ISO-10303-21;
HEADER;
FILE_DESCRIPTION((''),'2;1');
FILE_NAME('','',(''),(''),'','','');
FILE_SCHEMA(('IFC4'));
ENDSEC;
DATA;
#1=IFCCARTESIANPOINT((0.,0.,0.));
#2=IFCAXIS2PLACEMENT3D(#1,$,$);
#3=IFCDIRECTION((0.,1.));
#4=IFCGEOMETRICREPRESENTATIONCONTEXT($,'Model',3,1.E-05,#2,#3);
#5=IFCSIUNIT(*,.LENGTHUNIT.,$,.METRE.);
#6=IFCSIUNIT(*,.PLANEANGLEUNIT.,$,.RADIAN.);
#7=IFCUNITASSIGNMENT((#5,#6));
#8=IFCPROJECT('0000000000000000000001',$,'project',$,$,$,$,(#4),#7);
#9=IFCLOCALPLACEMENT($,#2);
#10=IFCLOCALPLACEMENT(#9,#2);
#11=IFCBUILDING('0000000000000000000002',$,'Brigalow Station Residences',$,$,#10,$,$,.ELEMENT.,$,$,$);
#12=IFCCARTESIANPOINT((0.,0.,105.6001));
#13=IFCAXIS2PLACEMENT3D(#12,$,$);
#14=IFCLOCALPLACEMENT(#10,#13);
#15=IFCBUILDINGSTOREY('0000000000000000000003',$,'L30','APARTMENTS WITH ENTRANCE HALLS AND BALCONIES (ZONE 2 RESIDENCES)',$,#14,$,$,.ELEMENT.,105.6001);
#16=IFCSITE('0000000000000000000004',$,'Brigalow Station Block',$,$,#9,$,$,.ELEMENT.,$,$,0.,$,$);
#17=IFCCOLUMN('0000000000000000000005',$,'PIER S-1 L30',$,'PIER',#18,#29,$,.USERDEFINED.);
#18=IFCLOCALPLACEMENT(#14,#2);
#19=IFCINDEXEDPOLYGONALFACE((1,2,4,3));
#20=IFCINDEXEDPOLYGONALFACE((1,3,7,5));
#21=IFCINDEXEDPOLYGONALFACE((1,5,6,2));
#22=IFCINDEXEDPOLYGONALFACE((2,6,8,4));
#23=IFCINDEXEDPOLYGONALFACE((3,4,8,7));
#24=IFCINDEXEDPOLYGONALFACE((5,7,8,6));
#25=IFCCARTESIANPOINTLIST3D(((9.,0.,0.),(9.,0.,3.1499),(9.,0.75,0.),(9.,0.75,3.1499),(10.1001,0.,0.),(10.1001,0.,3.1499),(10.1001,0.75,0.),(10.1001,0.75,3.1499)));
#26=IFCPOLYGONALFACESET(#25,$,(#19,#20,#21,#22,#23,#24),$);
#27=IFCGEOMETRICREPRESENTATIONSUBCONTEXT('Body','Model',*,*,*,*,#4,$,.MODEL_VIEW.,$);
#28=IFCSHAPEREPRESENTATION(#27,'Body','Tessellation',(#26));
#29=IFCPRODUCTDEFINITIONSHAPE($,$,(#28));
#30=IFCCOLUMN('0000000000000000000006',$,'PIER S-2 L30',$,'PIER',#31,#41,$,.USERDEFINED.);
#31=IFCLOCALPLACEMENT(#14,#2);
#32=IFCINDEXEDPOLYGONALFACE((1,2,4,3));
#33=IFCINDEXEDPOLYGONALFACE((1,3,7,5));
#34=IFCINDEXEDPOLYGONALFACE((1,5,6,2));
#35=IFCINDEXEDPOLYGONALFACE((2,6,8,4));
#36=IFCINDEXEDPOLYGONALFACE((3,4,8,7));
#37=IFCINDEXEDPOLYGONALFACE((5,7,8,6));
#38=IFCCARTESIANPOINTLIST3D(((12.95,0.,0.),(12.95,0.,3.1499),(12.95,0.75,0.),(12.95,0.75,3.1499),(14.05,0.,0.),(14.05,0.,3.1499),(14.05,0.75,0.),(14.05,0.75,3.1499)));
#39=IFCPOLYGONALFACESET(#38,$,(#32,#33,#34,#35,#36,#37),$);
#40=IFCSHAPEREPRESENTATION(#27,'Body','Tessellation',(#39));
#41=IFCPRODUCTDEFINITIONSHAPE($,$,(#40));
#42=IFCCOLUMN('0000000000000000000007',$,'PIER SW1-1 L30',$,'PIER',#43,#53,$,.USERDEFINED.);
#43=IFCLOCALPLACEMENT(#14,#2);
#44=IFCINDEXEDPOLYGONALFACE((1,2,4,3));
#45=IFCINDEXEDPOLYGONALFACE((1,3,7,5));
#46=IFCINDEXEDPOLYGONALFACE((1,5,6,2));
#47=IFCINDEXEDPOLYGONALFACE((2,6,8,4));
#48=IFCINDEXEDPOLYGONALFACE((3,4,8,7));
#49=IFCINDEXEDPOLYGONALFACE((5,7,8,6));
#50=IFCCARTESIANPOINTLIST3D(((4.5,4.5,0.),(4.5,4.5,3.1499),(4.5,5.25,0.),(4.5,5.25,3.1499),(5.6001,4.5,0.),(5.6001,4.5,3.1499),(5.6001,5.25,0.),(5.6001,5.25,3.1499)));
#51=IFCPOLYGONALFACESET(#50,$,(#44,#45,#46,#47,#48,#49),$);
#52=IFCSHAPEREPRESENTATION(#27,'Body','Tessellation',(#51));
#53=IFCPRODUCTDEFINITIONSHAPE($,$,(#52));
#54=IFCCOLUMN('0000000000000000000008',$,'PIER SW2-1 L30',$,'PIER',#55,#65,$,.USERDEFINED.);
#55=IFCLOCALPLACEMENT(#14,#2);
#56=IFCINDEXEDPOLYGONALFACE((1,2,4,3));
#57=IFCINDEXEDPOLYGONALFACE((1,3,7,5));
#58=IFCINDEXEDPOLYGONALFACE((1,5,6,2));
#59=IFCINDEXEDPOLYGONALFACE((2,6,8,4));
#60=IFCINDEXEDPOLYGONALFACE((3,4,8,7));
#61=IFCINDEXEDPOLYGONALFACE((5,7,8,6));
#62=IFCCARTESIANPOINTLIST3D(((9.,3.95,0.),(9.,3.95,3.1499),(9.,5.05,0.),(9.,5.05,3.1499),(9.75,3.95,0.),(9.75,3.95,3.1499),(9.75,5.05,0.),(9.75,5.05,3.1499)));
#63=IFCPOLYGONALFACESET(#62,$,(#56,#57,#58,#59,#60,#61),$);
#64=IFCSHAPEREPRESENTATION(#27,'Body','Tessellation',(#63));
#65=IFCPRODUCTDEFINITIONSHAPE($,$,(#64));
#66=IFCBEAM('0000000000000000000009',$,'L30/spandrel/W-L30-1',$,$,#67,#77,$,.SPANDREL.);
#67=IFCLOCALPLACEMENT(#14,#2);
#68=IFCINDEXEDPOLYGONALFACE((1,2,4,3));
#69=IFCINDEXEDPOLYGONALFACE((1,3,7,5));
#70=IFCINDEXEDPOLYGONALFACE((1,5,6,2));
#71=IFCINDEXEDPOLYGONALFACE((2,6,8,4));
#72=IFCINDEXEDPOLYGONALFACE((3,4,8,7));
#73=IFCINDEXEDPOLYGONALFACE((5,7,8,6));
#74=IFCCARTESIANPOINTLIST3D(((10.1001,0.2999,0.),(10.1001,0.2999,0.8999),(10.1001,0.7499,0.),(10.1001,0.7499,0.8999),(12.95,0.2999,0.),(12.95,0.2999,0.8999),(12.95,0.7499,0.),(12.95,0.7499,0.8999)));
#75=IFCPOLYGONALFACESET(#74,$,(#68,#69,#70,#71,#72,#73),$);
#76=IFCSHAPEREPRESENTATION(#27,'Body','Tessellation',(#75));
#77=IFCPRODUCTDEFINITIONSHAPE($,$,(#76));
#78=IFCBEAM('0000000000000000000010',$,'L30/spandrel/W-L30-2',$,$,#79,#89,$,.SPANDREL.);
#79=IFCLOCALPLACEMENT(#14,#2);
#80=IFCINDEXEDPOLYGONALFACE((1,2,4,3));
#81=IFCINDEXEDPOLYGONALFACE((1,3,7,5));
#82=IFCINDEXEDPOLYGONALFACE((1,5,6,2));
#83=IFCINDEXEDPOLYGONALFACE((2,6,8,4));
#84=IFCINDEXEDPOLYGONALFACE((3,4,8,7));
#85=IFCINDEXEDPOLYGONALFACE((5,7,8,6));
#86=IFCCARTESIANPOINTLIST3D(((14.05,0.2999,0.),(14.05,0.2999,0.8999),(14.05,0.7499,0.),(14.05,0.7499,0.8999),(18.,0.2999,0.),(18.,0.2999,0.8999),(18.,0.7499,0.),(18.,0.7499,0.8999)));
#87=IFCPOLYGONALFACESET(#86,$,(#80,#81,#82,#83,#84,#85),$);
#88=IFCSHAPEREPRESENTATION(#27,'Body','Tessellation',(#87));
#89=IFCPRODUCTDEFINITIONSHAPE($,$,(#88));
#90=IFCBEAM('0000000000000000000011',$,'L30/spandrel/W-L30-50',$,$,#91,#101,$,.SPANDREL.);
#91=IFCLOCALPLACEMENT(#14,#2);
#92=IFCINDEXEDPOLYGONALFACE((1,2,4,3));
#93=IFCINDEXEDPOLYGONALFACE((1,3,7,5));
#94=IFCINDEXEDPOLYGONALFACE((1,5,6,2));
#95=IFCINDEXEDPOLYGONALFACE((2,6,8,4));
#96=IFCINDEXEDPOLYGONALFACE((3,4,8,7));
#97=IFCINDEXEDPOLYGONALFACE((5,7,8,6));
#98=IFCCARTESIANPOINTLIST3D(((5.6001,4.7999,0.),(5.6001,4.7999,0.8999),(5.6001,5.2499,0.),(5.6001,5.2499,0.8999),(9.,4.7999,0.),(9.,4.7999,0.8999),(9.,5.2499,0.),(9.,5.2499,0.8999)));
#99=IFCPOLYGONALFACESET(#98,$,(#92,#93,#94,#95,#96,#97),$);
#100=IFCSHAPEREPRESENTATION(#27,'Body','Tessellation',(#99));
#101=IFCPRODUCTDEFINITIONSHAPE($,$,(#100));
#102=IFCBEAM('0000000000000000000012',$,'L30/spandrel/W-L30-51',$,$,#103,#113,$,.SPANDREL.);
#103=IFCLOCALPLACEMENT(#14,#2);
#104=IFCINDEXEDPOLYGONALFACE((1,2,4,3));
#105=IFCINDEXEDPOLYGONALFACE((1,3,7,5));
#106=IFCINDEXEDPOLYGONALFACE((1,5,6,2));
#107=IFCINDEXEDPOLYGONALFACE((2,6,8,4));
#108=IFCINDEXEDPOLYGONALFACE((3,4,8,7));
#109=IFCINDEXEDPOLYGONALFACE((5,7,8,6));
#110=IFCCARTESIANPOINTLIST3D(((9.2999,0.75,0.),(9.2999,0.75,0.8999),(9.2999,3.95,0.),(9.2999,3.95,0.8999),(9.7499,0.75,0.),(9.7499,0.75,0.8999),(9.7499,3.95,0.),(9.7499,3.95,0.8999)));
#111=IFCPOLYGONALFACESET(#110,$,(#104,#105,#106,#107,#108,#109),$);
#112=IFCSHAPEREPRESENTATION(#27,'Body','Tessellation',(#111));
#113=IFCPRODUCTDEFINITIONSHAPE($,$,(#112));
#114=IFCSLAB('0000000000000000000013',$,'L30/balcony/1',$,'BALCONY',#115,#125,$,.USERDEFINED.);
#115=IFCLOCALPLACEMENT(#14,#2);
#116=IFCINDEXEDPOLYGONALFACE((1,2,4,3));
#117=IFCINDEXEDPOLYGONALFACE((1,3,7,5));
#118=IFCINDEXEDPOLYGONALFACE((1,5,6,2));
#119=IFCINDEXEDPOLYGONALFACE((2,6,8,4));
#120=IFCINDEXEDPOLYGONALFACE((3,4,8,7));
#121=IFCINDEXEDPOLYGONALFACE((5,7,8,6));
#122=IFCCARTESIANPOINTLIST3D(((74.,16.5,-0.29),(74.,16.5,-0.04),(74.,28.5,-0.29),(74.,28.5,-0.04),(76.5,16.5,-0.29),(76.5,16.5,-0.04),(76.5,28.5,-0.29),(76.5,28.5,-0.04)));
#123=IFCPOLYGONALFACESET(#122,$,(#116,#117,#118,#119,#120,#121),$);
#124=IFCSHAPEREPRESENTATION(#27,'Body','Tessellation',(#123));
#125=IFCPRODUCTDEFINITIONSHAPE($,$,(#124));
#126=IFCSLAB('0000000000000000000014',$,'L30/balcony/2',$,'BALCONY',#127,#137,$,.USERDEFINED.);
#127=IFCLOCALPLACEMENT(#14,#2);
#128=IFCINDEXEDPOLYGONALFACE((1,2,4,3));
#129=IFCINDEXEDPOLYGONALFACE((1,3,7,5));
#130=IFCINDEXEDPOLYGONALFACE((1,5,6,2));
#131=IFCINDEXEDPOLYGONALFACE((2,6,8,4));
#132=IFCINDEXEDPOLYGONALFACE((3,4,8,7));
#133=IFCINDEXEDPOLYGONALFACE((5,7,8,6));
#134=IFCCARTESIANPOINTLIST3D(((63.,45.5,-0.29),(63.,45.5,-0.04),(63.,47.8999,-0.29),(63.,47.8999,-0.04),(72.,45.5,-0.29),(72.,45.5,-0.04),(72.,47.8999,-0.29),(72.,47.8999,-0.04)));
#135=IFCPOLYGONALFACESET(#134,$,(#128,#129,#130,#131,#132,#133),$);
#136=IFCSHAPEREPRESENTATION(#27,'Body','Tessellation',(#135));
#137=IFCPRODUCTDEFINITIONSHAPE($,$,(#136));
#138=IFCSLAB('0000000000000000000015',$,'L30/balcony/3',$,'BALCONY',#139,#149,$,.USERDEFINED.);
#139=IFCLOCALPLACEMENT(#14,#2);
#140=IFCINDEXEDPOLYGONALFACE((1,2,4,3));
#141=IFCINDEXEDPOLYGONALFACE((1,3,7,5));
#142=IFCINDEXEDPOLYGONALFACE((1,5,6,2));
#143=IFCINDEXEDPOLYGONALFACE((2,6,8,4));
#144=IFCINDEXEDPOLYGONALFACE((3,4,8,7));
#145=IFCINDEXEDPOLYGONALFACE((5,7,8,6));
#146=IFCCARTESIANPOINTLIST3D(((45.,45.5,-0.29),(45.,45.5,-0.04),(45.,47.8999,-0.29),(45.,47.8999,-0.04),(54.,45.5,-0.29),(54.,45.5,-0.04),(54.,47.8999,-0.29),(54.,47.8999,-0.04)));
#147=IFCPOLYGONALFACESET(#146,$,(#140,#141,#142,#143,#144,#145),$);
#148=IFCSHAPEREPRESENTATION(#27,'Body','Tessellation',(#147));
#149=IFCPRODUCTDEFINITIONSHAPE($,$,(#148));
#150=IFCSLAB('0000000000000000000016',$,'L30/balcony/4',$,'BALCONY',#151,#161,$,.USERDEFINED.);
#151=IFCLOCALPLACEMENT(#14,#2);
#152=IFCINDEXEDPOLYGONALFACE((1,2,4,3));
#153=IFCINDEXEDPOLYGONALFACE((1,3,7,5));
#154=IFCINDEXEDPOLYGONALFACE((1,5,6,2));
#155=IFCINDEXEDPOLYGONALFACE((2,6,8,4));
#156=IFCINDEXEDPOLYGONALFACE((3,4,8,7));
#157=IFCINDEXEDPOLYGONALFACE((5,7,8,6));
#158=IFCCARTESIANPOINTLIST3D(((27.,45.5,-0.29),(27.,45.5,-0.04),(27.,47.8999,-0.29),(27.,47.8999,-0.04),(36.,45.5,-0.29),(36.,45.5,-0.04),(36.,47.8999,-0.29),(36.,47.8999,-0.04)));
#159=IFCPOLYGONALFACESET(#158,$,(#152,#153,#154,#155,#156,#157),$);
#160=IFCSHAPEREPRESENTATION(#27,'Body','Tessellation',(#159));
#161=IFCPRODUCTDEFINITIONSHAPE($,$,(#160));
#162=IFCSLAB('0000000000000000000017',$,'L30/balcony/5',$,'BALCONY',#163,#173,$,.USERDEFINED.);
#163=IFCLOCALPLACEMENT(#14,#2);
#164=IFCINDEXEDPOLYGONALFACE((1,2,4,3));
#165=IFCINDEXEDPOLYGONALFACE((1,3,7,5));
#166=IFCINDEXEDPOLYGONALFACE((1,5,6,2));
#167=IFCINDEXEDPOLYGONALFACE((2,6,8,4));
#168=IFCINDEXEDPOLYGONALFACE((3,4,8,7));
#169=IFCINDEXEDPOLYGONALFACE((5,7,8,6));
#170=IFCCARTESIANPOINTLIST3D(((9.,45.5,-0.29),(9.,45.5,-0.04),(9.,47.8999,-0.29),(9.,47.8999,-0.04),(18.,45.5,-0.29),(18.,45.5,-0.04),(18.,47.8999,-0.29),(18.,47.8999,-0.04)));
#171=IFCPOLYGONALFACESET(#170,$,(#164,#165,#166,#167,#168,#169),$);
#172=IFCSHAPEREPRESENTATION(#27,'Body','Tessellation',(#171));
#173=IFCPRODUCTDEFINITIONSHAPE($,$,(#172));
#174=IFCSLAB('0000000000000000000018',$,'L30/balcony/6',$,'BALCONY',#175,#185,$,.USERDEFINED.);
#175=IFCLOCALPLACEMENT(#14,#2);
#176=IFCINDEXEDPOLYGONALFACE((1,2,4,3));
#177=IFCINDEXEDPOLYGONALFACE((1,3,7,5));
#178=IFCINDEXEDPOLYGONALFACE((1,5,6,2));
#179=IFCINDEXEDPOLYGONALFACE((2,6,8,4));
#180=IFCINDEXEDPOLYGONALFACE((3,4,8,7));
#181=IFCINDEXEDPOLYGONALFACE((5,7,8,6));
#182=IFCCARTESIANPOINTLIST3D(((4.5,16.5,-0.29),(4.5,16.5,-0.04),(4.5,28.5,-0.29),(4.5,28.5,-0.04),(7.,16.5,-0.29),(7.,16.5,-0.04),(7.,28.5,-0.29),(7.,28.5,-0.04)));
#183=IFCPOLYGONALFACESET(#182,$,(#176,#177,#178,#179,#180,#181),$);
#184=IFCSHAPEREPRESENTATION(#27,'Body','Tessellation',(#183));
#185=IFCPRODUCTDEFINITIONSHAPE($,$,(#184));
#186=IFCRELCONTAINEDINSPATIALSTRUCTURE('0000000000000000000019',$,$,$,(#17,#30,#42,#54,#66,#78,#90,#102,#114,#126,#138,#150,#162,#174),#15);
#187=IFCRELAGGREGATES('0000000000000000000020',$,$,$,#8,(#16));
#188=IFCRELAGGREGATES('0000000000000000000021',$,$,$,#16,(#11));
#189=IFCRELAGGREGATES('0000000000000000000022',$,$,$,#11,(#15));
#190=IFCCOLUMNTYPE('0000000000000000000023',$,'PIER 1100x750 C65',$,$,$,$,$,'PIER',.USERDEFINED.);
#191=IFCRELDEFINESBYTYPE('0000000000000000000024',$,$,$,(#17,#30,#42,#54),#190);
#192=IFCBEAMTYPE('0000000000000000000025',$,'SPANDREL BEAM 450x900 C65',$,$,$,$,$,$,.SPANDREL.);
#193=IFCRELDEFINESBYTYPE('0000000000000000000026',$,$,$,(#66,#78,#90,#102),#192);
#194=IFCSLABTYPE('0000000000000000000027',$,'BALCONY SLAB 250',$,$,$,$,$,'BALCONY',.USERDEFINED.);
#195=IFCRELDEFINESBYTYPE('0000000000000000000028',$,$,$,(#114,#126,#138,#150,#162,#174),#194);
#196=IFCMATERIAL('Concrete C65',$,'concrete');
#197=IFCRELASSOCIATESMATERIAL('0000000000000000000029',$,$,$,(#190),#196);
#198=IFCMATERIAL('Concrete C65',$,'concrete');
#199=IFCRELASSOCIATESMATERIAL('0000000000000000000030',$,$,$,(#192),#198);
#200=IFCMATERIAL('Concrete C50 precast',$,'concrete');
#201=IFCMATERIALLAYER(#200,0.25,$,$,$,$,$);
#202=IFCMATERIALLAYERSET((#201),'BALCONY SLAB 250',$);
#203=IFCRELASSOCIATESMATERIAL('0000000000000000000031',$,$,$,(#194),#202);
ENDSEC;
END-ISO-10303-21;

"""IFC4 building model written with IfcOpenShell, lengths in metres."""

from ifc_helpers import new_model, si_unit, direction, frame, origin, origin_2d, place, context, subcontext, project, spatial, polyline, rectangle, outline, extrude, material, layer, layer_set, material_profile, profile_set, type_object, element, save


model = new_model("IFC4")

# Units and contexts
model_context = context("Model", 3, precision=1e-05, world=origin(), true_north=direction((0.0, 1.0)))
body_context = subcontext(model_context, "Body", "Model", "MODEL_VIEW")
ifc_project = project(units=[si_unit("LENGTHUNIT", "METRE"), si_unit("PLANEANGLEUNIT", "RADIAN")], contexts=[model_context])

# Site, building, storey
site_placement = place(None, origin())
site = spatial("IfcSite", under=ifc_project, at=site_placement, Name="Brigalow Station Block", CompositionType="ELEMENT", RefElevation=0.0)
building_placement = place(site_placement, origin())
building = spatial("IfcBuilding", under=site, at=building_placement, Name="Brigalow Station Residences", CompositionType="ELEMENT")
storey_placement = place(building_placement, frame((0.0, 0.0, 105.6001)))
storey = spatial("IfcBuildingStorey", under=building, at=storey_placement, Name="L30", Description="APARTMENTS WITH ENTRANCE HALLS AND BALCONIES (ZONE 2 RESIDENCES)", CompositionType="ELEMENT", Elevation=105.6001)

# Columns
ifc_material_1 = material(Name="Concrete C65", Category="concrete")
ifc_material_profile_1 = material_profile(ifc_material_1, rectangle(XDim=1.1001, YDim=0.75, at=origin_2d()), Name="RC1100x750")
ifc_profile_set_1 = profile_set([ifc_material_profile_1], Name="Concrete C65")
column_type = type_object("IfcColumnType", Name="PIER 1100x750 C65", ElementType="PIER", PredefinedType="USERDEFINED", material=ifc_profile_set_1)
for number, where, z_axis, x_axis, name in (
    (1, (9.55, 0.375, 0.0), (0.0, 0.0, 1.0), (1.0, 0.0, 0.0), "PIER S-1 L30"),
    (2, (13.5, 0.375, 0.0), (0.0, 0.0, 1.0), (1.0, 0.0, 0.0), "PIER S-2 L30"),
    (3, (5.05, 4.875, 0.0), (0.0, 0.0, 1.0), (1.0, 0.0, 0.0), "PIER SW1-1 L30"),
    (4, (9.375, 4.5, 0.0), (0.0, 0.0, 1.0), (0.0, -1.0, 0.0), "PIER SW2-1 L30"),
):
    element("IfcColumn", number, at=place(storey_placement, frame(where, z_axis=z_axis, x_axis=x_axis)), inside=storey, type_object=column_type, Name=name, ObjectType="PIER", PredefinedType="USERDEFINED", context=body_context, shape_type="SweptSolid", body=[
        extrude(rectangle(XDim=1.1001, YDim=0.75, at=origin_2d()), origin(), (0.0, 0.0, 1.0), 3.1499),
    ])

# Beams
ifc_material_2 = material(Name="Concrete C65", Category="concrete")
ifc_material_profile_2 = material_profile(ifc_material_2, rectangle(XDim=0.45, YDim=0.8999, at=origin_2d()), Name="RC450x900")
ifc_profile_set_2 = profile_set([ifc_material_profile_2], Name="Concrete C65")
beam_type = type_object("IfcBeamType", Name="SPANDREL BEAM 450x900 C65", PredefinedType="SPANDREL", material=ifc_profile_set_2)
beam_1_placement = place(storey_placement, frame((10.1001, 0.5249, 0.45), z_axis=(1.0, 0.0, 0.0), x_axis=(0.0, 1.0, 0.0)))
element("IfcBeam", 5, at=beam_1_placement, inside=storey, type_object=beam_type, Name="L30/spandrel/W-L30-1", PredefinedType="SPANDREL", context=body_context, shape_type="SweptSolid", body=[
    extrude(rectangle(XDim=0.45, YDim=0.8999, at=origin_2d()), origin(), (0.0, 0.0, 1.0), 2.8499),
])
beam_2_placement = place(storey_placement, frame((14.05, 0.5249, 0.45), z_axis=(1.0, 0.0, 0.0), x_axis=(0.0, 1.0, 0.0)))
element("IfcBeam", 6, at=beam_2_placement, inside=storey, type_object=beam_type, Name="L30/spandrel/W-L30-2", PredefinedType="SPANDREL", context=body_context, shape_type="SweptSolid", body=[
    extrude(rectangle(XDim=0.45, YDim=0.8999, at=origin_2d()), origin(), (0.0, 0.0, 1.0), 3.95),
])
beam_3_placement = place(storey_placement, frame((5.6001, 5.0249, 0.45), z_axis=(1.0, 0.0, 0.0), x_axis=(0.0, 1.0, 0.0)))
element("IfcBeam", 7, at=beam_3_placement, inside=storey, type_object=beam_type, Name="L30/spandrel/W-L30-50", PredefinedType="SPANDREL", context=body_context, shape_type="SweptSolid", body=[
    extrude(rectangle(XDim=0.45, YDim=0.8999, at=origin_2d()), origin(), (0.0, 0.0, 1.0), 3.3999),
])
beam_4_placement = place(storey_placement, frame((9.5249, 3.95, 0.45), z_axis=(0.0, -1.0, 0.0), x_axis=(1.0, 0.0, 0.0)))
element("IfcBeam", 8, at=beam_4_placement, inside=storey, type_object=beam_type, Name="L30/spandrel/W-L30-51", PredefinedType="SPANDREL", context=body_context, shape_type="SweptSolid", body=[
    extrude(rectangle(XDim=0.45, YDim=0.8999, at=origin_2d()), origin(), (0.0, 0.0, 1.0), 3.2),
])

# Slabs
ifc_material_3 = material(Name="Concrete C50 precast", Category="concrete")
ifc_layer_1 = layer(ifc_material_3, 0.25)
ifc_layer_set_1 = layer_set([ifc_layer_1], Name="BALCONY SLAB 250")
slab_type_1 = type_object("IfcSlabType", Name="BALCONY SLAB 250", ElementType="BALCONY", PredefinedType="USERDEFINED", material=ifc_layer_set_1)
slab_1_placement = place(storey_placement, frame((0.0, 0.0, -0.29)))
element("IfcSlab", 9, at=slab_1_placement, inside=storey, type_object=slab_type_1, Name="L30/balcony/1", ObjectType="BALCONY", PredefinedType="USERDEFINED", context=body_context, shape_type="SweptSolid", body=[
    extrude(outline(polyline([(74.0, 16.5), (76.5, 16.5), (76.5, 28.5), (74.0, 28.5), (74.0, 16.5)])), origin(), (0.0, 0.0, 1.0), 0.25),
])
slab_2_placement = place(storey_placement, frame((0.0, 0.0, -0.29)))
element("IfcSlab", 10, at=slab_2_placement, inside=storey, type_object=slab_type_1, Name="L30/balcony/2", ObjectType="BALCONY", PredefinedType="USERDEFINED", context=body_context, shape_type="SweptSolid", body=[
    extrude(outline(polyline([(72.0, 45.5), (72.0, 47.8999), (63.0, 47.8999), (63.0, 45.5), (72.0, 45.5)])), origin(), (0.0, 0.0, 1.0), 0.25),
])
slab_3_placement = place(storey_placement, frame((0.0, 0.0, -0.29)))
element("IfcSlab", 11, at=slab_3_placement, inside=storey, type_object=slab_type_1, Name="L30/balcony/3", ObjectType="BALCONY", PredefinedType="USERDEFINED", context=body_context, shape_type="SweptSolid", body=[
    extrude(outline(polyline([(54.0, 45.5), (54.0, 47.8999), (45.0, 47.8999), (45.0, 45.5), (54.0, 45.5)])), origin(), (0.0, 0.0, 1.0), 0.25),
])
slab_4_placement = place(storey_placement, frame((0.0, 0.0, -0.29)))
element("IfcSlab", 12, at=slab_4_placement, inside=storey, type_object=slab_type_1, Name="L30/balcony/4", ObjectType="BALCONY", PredefinedType="USERDEFINED", context=body_context, shape_type="SweptSolid", body=[
    extrude(outline(polyline([(36.0, 45.5), (36.0, 47.8999), (27.0, 47.8999), (27.0, 45.5), (36.0, 45.5)])), origin(), (0.0, 0.0, 1.0), 0.25),
])
slab_5_placement = place(storey_placement, frame((0.0, 0.0, -0.29)))
element("IfcSlab", 13, at=slab_5_placement, inside=storey, type_object=slab_type_1, Name="L30/balcony/5", ObjectType="BALCONY", PredefinedType="USERDEFINED", context=body_context, shape_type="SweptSolid", body=[
    extrude(outline(polyline([(18.0, 45.5), (18.0, 47.8999), (9.0, 47.8999), (9.0, 45.5), (18.0, 45.5)])), origin(), (0.0, 0.0, 1.0), 0.25),
])
slab_6_placement = place(storey_placement, frame((0.0, 0.0, -0.29)))
element("IfcSlab", 14, at=slab_6_placement, inside=storey, type_object=slab_type_1, Name="L30/balcony/6", ObjectType="BALCONY", PredefinedType="USERDEFINED", context=body_context, shape_type="SweptSolid", body=[
    extrude(outline(polyline([(7.0, 28.5), (4.5, 28.5), (4.5, 16.5), (7.0, 16.5), (7.0, 28.5)])), origin(), (0.0, 0.0, 1.0), 0.25),
])

save(model, "model.ifc")
